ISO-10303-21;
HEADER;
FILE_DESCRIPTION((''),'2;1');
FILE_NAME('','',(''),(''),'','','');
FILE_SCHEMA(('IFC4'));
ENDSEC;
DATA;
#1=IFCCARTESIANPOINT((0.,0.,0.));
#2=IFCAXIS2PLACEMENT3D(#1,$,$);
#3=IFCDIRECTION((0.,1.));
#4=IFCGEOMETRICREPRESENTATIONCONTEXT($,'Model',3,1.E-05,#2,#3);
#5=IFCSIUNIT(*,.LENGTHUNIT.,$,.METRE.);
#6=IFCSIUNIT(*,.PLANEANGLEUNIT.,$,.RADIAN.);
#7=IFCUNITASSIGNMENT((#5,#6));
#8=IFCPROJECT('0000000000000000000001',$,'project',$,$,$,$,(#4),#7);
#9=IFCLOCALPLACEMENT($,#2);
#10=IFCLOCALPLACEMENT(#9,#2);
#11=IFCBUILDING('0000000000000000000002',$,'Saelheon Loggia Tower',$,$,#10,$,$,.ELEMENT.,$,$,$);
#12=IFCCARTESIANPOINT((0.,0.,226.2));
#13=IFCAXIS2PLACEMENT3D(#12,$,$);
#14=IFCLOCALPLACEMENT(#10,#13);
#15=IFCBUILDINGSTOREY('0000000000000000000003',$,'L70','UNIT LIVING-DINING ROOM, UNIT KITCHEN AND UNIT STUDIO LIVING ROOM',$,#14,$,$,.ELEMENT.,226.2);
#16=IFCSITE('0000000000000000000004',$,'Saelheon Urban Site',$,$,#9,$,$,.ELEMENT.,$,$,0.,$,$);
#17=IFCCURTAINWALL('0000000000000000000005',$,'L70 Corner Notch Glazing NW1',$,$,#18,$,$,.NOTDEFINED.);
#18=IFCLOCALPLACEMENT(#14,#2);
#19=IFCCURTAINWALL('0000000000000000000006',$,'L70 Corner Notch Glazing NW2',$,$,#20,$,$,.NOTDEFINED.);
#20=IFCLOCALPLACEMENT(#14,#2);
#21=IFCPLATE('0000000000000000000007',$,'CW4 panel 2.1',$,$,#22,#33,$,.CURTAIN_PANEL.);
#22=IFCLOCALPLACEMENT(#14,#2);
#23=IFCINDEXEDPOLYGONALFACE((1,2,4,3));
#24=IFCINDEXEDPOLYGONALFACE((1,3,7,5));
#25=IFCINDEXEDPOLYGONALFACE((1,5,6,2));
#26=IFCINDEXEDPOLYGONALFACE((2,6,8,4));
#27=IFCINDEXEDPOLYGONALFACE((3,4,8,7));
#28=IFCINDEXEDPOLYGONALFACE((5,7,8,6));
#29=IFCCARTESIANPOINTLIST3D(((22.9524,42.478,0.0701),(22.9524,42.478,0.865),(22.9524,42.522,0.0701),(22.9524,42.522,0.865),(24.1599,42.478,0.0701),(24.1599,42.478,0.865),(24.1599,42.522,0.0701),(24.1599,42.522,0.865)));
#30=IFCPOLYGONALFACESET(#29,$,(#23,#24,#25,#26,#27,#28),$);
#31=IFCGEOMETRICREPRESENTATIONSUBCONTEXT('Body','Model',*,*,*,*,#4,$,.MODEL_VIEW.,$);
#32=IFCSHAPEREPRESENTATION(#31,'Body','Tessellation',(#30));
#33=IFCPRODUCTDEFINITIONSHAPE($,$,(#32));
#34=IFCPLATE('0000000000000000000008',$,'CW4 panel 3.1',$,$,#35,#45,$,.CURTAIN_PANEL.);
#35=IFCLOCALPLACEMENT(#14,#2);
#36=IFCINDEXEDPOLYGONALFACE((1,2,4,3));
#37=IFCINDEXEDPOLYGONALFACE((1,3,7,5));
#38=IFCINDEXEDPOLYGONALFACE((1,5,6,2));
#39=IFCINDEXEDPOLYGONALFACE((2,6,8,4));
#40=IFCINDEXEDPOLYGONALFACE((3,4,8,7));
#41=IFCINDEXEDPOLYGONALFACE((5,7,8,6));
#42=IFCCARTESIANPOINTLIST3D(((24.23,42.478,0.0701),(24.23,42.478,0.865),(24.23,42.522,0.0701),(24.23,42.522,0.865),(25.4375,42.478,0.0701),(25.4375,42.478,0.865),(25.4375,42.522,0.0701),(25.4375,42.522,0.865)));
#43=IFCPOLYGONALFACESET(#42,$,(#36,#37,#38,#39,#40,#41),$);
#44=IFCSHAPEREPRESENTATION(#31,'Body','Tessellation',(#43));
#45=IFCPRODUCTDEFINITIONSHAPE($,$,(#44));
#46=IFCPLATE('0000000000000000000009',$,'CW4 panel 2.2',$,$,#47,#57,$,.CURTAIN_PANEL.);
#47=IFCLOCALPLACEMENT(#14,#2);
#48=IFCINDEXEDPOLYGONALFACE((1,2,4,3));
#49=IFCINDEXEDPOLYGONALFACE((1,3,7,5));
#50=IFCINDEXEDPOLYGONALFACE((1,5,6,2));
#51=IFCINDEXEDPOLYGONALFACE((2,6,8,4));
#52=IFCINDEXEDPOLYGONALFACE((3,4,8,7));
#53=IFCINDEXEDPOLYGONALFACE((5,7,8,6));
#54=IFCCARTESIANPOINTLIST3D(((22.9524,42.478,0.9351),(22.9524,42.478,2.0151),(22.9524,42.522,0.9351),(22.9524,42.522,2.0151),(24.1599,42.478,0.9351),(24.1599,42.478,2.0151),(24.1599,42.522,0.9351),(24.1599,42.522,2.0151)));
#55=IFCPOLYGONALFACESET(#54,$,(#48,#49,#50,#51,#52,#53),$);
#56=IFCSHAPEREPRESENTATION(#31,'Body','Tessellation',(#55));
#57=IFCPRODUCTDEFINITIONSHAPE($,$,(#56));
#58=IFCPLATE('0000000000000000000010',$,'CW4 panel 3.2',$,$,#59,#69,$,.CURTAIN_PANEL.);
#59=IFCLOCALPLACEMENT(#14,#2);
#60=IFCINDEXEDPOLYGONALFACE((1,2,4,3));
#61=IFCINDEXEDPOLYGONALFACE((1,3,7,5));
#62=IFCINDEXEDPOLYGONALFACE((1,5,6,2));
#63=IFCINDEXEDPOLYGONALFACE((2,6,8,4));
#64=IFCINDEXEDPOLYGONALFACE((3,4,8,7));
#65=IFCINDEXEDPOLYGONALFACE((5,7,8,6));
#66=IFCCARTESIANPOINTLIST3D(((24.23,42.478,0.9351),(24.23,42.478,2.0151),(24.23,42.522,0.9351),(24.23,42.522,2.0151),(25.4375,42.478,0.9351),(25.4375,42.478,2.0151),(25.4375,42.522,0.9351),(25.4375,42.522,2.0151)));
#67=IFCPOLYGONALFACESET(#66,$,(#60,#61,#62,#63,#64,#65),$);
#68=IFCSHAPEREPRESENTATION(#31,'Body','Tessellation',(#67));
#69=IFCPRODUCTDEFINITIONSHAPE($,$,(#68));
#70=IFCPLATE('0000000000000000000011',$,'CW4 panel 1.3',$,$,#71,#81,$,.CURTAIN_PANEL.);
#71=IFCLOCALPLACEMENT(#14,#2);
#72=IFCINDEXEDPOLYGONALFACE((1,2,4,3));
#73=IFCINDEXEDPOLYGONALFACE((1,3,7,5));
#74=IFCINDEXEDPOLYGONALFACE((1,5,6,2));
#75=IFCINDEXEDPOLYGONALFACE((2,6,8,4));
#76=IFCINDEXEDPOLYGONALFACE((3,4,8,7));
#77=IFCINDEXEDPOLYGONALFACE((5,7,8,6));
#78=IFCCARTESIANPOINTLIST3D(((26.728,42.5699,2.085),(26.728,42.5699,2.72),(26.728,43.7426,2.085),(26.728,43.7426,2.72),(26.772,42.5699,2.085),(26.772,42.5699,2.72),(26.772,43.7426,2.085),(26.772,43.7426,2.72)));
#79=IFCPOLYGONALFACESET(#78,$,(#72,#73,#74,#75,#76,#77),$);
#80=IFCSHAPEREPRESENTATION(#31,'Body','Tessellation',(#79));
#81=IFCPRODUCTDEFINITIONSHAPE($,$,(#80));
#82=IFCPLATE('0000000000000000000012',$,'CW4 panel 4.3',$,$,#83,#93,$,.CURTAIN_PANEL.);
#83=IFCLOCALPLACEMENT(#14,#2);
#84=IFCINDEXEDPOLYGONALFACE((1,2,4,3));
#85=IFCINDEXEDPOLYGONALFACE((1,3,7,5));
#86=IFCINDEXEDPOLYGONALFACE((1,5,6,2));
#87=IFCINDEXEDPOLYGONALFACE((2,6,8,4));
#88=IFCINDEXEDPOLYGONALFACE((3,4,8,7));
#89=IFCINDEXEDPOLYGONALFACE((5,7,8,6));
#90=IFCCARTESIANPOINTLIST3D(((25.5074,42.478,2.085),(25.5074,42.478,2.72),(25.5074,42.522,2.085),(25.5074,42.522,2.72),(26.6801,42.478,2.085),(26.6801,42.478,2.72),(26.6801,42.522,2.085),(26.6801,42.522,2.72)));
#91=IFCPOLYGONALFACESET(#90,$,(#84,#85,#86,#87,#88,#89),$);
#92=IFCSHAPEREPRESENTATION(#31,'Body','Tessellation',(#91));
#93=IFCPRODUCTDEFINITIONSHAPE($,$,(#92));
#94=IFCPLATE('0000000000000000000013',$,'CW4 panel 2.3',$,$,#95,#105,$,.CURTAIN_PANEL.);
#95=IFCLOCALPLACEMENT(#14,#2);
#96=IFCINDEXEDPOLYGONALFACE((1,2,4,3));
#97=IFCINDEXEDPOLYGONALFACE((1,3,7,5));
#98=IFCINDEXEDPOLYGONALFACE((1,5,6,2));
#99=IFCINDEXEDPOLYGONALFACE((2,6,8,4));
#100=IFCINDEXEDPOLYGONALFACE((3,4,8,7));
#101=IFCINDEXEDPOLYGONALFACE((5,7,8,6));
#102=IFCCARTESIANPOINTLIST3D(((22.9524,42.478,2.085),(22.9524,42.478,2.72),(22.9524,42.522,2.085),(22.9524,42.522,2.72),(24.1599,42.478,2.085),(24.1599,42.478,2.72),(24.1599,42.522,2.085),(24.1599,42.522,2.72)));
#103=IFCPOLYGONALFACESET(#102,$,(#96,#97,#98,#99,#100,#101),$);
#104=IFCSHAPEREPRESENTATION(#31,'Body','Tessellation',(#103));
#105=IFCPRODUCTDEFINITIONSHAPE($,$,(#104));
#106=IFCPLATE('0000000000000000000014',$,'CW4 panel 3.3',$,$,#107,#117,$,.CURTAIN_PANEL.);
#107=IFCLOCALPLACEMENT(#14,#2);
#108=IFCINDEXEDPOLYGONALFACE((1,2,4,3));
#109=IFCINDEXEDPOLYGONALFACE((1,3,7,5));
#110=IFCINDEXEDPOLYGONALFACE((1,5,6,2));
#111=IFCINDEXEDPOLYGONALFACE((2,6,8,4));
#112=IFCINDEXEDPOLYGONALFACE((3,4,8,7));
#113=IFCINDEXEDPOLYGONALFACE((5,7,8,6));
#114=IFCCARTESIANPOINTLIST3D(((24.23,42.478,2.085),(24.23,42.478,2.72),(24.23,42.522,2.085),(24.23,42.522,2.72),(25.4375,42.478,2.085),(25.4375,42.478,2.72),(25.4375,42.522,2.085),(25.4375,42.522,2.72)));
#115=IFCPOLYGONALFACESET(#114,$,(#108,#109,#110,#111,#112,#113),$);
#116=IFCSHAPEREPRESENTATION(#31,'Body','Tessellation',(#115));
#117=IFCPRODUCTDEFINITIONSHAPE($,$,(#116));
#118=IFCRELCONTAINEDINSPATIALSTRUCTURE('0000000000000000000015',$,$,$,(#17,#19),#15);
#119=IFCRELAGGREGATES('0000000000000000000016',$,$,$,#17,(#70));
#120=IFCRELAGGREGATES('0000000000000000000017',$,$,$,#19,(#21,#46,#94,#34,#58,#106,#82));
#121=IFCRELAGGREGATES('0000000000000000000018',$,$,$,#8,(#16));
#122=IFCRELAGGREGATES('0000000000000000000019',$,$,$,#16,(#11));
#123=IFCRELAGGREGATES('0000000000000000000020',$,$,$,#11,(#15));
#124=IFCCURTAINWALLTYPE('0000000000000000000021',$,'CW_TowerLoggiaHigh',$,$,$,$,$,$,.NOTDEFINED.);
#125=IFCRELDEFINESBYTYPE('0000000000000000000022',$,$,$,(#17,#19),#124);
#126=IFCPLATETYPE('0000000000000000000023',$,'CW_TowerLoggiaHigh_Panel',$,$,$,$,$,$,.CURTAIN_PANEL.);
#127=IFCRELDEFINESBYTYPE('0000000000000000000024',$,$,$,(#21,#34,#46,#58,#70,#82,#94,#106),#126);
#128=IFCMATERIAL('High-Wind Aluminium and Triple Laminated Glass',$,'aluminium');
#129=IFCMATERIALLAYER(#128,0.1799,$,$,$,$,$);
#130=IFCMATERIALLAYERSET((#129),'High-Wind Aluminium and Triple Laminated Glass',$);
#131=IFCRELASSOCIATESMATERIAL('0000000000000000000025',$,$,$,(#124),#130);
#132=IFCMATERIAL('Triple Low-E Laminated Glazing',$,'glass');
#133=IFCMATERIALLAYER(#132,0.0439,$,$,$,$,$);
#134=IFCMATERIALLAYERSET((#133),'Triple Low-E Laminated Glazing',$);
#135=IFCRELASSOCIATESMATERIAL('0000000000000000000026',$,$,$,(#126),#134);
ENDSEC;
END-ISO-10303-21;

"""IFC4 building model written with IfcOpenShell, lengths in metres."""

from ifc_helpers import new_model, si_unit, direction, frame, origin, origin_2d, place, context, subcontext, project, spatial, rectangle, extrude, source, transform, mapped, material, layer, layer_set, type_object, element, aggregate, save


model = new_model("IFC4")

# Units and contexts
model_context = context("Model", 3, precision=1e-05, world=origin(), true_north=direction((0.0, 1.0)))
body_context = subcontext(model_context, "Body", "Model", "MODEL_VIEW")
ifc_project = project(units=[si_unit("LENGTHUNIT", "METRE"), si_unit("PLANEANGLEUNIT", "RADIAN")], contexts=[model_context])

# Site, building, storey
site_placement = place(None, origin())
site = spatial("IfcSite", under=ifc_project, at=site_placement, Name="Saelheon Urban Site", CompositionType="ELEMENT", RefElevation=0.0)
building_placement = place(site_placement, origin())
building = spatial("IfcBuilding", under=site, at=building_placement, Name="Saelheon Loggia Tower", CompositionType="ELEMENT")
storey_placement = place(building_placement, frame((0.0, 0.0, 226.2)))
storey = spatial("IfcBuildingStorey", under=building, at=storey_placement, Name="L70", Description="UNIT LIVING-DINING ROOM, UNIT KITCHEN AND UNIT STUDIO LIVING ROOM", CompositionType="ELEMENT", Elevation=226.2)

# Curtain wall
ifc_material_1 = material(Name="High-Wind Aluminium and Triple Laminated Glass", Category="aluminium")
ifc_layer_1 = layer(ifc_material_1, 0.1799)
ifc_layer_set_1 = layer_set([ifc_layer_1], Name="High-Wind Aluminium and Triple Laminated Glass")
curtain_wall_type = type_object("IfcCurtainWallType", Name="CW_TowerLoggiaHigh", PredefinedType="NOTDEFINED", material=ifc_layer_set_1)
curtain_wall_1_placement = place(storey_placement, origin())
curtain_wall_1 = element("IfcCurtainWall", 1, at=curtain_wall_1_placement, inside=storey, type_object=curtain_wall_type, Name="L70 Corner Notch Glazing NW1", PredefinedType="NOTDEFINED")

# Curtain wall
curtain_wall_2_placement = place(storey_placement, origin())
curtain_wall_2 = element("IfcCurtainWall", 2, at=curtain_wall_2_placement, inside=storey, type_object=curtain_wall_type, Name="L70 Corner Notch Glazing NW2", PredefinedType="NOTDEFINED")

# Plates
ifc_material_2 = material(Name="Triple Low-E Laminated Glazing", Category="glass")
ifc_layer_2 = layer(ifc_material_2, 0.0439)
ifc_layer_set_2 = layer_set([ifc_layer_2], Name="Triple Low-E Laminated Glazing")
plate_type = type_object("IfcPlateType", Name="CW_TowerLoggiaHigh_Panel", PredefinedType="CURTAIN_PANEL", material=ifc_layer_set_2)
shared_shape_1 = source(origin(), body_context, "Body", "SweptSolid", [
    extrude(rectangle(XDim=1.2075, YDim=0.0439, at=origin_2d()), origin(), (0.0, 0.0, 1.0), 0.7949),
])
plate_1_placement = place(storey_placement, frame((23.5562, 42.5, 0.0701), z_axis=(0.0, 0.0, 1.0), x_axis=(1.0, 0.0, 0.0)))
plate_1 = element("IfcPlate", 3, at=plate_1_placement, type_object=plate_type, Name="CW4 panel 2.1", PredefinedType="CURTAIN_PANEL", context=body_context, shape_type="MappedRepresentation", body=[
    mapped(shared_shape_1, transform((0.0, 0.0, 0.0), scale=1.0)),
])
plate_2_placement = place(storey_placement, frame((24.8337, 42.5, 0.0701), z_axis=(0.0, 0.0, 1.0), x_axis=(1.0, 0.0, 0.0)))
plate_2 = element("IfcPlate", 4, at=plate_2_placement, type_object=plate_type, Name="CW4 panel 3.1", PredefinedType="CURTAIN_PANEL", context=body_context, shape_type="MappedRepresentation", body=[
    mapped(shared_shape_1, transform((0.0, 0.0, 0.0), scale=1.0)),
])
shared_shape_2 = source(origin(), body_context, "Body", "SweptSolid", [
    extrude(rectangle(XDim=1.2075, YDim=0.0439, at=origin_2d()), origin(), (0.0, 0.0, 1.0), 1.0801),
])
plate_3_placement = place(storey_placement, frame((23.5562, 42.5, 0.9351), z_axis=(0.0, 0.0, 1.0), x_axis=(1.0, 0.0, 0.0)))
plate_3 = element("IfcPlate", 5, at=plate_3_placement, type_object=plate_type, Name="CW4 panel 2.2", PredefinedType="CURTAIN_PANEL", context=body_context, shape_type="MappedRepresentation", body=[
    mapped(shared_shape_2, transform((0.0, 0.0, 0.0), scale=1.0)),
])
plate_4_placement = place(storey_placement, frame((24.8337, 42.5, 0.9351), z_axis=(0.0, 0.0, 1.0), x_axis=(1.0, 0.0, 0.0)))
plate_4 = element("IfcPlate", 6, at=plate_4_placement, type_object=plate_type, Name="CW4 panel 3.2", PredefinedType="CURTAIN_PANEL", context=body_context, shape_type="MappedRepresentation", body=[
    mapped(shared_shape_2, transform((0.0, 0.0, 0.0), scale=1.0)),
])
shared_shape_3 = source(origin(), body_context, "Body", "SweptSolid", [
    extrude(rectangle(XDim=1.1726, YDim=0.0439, at=origin_2d()), origin(), (0.0, 0.0, 1.0), 0.635),
])
plate_5_placement = place(storey_placement, frame((26.75, 43.1562, 2.085), z_axis=(0.0, 0.0, 1.0), x_axis=(0.0, 1.0, 0.0)))
plate_5 = element("IfcPlate", 7, at=plate_5_placement, type_object=plate_type, Name="CW4 panel 1.3", PredefinedType="CURTAIN_PANEL", context=body_context, shape_type="MappedRepresentation", body=[
    mapped(shared_shape_3, transform((0.0, 0.0, 0.0), scale=1.0)),
])
aggregate(curtain_wall_1, [plate_5])
plate_6_placement = place(storey_placement, frame((26.0938, 42.5, 2.085), z_axis=(0.0, 0.0, 1.0), x_axis=(1.0, 0.0, 0.0)))
plate_6 = element("IfcPlate", 8, at=plate_6_placement, type_object=plate_type, Name="CW4 panel 4.3", PredefinedType="CURTAIN_PANEL", context=body_context, shape_type="MappedRepresentation", body=[
    mapped(shared_shape_3, transform((0.0, 0.0, 0.0), scale=1.0)),
])
shared_shape_4 = source(origin(), body_context, "Body", "SweptSolid", [
    extrude(rectangle(XDim=1.2075, YDim=0.0439, at=origin_2d()), origin(), (0.0, 0.0, 1.0), 0.635),
])
plate_7_placement = place(storey_placement, frame((23.5562, 42.5, 2.085), z_axis=(0.0, 0.0, 1.0), x_axis=(1.0, 0.0, 0.0)))
plate_7 = element("IfcPlate", 9, at=plate_7_placement, type_object=plate_type, Name="CW4 panel 2.3", PredefinedType="CURTAIN_PANEL", context=body_context, shape_type="MappedRepresentation", body=[
    mapped(shared_shape_4, transform((0.0, 0.0, 0.0), scale=1.0)),
])
plate_8_placement = place(storey_placement, frame((24.8337, 42.5, 2.085), z_axis=(0.0, 0.0, 1.0), x_axis=(1.0, 0.0, 0.0)))
plate_8 = element("IfcPlate", 10, at=plate_8_placement, type_object=plate_type, Name="CW4 panel 3.3", PredefinedType="CURTAIN_PANEL", context=body_context, shape_type="MappedRepresentation", body=[
    mapped(shared_shape_4, transform((0.0, 0.0, 0.0), scale=1.0)),
])
aggregate(curtain_wall_2, [plate_1, plate_3, plate_7, plate_2, plate_4, plate_8, plate_6])

save(model, "model.ifc")
